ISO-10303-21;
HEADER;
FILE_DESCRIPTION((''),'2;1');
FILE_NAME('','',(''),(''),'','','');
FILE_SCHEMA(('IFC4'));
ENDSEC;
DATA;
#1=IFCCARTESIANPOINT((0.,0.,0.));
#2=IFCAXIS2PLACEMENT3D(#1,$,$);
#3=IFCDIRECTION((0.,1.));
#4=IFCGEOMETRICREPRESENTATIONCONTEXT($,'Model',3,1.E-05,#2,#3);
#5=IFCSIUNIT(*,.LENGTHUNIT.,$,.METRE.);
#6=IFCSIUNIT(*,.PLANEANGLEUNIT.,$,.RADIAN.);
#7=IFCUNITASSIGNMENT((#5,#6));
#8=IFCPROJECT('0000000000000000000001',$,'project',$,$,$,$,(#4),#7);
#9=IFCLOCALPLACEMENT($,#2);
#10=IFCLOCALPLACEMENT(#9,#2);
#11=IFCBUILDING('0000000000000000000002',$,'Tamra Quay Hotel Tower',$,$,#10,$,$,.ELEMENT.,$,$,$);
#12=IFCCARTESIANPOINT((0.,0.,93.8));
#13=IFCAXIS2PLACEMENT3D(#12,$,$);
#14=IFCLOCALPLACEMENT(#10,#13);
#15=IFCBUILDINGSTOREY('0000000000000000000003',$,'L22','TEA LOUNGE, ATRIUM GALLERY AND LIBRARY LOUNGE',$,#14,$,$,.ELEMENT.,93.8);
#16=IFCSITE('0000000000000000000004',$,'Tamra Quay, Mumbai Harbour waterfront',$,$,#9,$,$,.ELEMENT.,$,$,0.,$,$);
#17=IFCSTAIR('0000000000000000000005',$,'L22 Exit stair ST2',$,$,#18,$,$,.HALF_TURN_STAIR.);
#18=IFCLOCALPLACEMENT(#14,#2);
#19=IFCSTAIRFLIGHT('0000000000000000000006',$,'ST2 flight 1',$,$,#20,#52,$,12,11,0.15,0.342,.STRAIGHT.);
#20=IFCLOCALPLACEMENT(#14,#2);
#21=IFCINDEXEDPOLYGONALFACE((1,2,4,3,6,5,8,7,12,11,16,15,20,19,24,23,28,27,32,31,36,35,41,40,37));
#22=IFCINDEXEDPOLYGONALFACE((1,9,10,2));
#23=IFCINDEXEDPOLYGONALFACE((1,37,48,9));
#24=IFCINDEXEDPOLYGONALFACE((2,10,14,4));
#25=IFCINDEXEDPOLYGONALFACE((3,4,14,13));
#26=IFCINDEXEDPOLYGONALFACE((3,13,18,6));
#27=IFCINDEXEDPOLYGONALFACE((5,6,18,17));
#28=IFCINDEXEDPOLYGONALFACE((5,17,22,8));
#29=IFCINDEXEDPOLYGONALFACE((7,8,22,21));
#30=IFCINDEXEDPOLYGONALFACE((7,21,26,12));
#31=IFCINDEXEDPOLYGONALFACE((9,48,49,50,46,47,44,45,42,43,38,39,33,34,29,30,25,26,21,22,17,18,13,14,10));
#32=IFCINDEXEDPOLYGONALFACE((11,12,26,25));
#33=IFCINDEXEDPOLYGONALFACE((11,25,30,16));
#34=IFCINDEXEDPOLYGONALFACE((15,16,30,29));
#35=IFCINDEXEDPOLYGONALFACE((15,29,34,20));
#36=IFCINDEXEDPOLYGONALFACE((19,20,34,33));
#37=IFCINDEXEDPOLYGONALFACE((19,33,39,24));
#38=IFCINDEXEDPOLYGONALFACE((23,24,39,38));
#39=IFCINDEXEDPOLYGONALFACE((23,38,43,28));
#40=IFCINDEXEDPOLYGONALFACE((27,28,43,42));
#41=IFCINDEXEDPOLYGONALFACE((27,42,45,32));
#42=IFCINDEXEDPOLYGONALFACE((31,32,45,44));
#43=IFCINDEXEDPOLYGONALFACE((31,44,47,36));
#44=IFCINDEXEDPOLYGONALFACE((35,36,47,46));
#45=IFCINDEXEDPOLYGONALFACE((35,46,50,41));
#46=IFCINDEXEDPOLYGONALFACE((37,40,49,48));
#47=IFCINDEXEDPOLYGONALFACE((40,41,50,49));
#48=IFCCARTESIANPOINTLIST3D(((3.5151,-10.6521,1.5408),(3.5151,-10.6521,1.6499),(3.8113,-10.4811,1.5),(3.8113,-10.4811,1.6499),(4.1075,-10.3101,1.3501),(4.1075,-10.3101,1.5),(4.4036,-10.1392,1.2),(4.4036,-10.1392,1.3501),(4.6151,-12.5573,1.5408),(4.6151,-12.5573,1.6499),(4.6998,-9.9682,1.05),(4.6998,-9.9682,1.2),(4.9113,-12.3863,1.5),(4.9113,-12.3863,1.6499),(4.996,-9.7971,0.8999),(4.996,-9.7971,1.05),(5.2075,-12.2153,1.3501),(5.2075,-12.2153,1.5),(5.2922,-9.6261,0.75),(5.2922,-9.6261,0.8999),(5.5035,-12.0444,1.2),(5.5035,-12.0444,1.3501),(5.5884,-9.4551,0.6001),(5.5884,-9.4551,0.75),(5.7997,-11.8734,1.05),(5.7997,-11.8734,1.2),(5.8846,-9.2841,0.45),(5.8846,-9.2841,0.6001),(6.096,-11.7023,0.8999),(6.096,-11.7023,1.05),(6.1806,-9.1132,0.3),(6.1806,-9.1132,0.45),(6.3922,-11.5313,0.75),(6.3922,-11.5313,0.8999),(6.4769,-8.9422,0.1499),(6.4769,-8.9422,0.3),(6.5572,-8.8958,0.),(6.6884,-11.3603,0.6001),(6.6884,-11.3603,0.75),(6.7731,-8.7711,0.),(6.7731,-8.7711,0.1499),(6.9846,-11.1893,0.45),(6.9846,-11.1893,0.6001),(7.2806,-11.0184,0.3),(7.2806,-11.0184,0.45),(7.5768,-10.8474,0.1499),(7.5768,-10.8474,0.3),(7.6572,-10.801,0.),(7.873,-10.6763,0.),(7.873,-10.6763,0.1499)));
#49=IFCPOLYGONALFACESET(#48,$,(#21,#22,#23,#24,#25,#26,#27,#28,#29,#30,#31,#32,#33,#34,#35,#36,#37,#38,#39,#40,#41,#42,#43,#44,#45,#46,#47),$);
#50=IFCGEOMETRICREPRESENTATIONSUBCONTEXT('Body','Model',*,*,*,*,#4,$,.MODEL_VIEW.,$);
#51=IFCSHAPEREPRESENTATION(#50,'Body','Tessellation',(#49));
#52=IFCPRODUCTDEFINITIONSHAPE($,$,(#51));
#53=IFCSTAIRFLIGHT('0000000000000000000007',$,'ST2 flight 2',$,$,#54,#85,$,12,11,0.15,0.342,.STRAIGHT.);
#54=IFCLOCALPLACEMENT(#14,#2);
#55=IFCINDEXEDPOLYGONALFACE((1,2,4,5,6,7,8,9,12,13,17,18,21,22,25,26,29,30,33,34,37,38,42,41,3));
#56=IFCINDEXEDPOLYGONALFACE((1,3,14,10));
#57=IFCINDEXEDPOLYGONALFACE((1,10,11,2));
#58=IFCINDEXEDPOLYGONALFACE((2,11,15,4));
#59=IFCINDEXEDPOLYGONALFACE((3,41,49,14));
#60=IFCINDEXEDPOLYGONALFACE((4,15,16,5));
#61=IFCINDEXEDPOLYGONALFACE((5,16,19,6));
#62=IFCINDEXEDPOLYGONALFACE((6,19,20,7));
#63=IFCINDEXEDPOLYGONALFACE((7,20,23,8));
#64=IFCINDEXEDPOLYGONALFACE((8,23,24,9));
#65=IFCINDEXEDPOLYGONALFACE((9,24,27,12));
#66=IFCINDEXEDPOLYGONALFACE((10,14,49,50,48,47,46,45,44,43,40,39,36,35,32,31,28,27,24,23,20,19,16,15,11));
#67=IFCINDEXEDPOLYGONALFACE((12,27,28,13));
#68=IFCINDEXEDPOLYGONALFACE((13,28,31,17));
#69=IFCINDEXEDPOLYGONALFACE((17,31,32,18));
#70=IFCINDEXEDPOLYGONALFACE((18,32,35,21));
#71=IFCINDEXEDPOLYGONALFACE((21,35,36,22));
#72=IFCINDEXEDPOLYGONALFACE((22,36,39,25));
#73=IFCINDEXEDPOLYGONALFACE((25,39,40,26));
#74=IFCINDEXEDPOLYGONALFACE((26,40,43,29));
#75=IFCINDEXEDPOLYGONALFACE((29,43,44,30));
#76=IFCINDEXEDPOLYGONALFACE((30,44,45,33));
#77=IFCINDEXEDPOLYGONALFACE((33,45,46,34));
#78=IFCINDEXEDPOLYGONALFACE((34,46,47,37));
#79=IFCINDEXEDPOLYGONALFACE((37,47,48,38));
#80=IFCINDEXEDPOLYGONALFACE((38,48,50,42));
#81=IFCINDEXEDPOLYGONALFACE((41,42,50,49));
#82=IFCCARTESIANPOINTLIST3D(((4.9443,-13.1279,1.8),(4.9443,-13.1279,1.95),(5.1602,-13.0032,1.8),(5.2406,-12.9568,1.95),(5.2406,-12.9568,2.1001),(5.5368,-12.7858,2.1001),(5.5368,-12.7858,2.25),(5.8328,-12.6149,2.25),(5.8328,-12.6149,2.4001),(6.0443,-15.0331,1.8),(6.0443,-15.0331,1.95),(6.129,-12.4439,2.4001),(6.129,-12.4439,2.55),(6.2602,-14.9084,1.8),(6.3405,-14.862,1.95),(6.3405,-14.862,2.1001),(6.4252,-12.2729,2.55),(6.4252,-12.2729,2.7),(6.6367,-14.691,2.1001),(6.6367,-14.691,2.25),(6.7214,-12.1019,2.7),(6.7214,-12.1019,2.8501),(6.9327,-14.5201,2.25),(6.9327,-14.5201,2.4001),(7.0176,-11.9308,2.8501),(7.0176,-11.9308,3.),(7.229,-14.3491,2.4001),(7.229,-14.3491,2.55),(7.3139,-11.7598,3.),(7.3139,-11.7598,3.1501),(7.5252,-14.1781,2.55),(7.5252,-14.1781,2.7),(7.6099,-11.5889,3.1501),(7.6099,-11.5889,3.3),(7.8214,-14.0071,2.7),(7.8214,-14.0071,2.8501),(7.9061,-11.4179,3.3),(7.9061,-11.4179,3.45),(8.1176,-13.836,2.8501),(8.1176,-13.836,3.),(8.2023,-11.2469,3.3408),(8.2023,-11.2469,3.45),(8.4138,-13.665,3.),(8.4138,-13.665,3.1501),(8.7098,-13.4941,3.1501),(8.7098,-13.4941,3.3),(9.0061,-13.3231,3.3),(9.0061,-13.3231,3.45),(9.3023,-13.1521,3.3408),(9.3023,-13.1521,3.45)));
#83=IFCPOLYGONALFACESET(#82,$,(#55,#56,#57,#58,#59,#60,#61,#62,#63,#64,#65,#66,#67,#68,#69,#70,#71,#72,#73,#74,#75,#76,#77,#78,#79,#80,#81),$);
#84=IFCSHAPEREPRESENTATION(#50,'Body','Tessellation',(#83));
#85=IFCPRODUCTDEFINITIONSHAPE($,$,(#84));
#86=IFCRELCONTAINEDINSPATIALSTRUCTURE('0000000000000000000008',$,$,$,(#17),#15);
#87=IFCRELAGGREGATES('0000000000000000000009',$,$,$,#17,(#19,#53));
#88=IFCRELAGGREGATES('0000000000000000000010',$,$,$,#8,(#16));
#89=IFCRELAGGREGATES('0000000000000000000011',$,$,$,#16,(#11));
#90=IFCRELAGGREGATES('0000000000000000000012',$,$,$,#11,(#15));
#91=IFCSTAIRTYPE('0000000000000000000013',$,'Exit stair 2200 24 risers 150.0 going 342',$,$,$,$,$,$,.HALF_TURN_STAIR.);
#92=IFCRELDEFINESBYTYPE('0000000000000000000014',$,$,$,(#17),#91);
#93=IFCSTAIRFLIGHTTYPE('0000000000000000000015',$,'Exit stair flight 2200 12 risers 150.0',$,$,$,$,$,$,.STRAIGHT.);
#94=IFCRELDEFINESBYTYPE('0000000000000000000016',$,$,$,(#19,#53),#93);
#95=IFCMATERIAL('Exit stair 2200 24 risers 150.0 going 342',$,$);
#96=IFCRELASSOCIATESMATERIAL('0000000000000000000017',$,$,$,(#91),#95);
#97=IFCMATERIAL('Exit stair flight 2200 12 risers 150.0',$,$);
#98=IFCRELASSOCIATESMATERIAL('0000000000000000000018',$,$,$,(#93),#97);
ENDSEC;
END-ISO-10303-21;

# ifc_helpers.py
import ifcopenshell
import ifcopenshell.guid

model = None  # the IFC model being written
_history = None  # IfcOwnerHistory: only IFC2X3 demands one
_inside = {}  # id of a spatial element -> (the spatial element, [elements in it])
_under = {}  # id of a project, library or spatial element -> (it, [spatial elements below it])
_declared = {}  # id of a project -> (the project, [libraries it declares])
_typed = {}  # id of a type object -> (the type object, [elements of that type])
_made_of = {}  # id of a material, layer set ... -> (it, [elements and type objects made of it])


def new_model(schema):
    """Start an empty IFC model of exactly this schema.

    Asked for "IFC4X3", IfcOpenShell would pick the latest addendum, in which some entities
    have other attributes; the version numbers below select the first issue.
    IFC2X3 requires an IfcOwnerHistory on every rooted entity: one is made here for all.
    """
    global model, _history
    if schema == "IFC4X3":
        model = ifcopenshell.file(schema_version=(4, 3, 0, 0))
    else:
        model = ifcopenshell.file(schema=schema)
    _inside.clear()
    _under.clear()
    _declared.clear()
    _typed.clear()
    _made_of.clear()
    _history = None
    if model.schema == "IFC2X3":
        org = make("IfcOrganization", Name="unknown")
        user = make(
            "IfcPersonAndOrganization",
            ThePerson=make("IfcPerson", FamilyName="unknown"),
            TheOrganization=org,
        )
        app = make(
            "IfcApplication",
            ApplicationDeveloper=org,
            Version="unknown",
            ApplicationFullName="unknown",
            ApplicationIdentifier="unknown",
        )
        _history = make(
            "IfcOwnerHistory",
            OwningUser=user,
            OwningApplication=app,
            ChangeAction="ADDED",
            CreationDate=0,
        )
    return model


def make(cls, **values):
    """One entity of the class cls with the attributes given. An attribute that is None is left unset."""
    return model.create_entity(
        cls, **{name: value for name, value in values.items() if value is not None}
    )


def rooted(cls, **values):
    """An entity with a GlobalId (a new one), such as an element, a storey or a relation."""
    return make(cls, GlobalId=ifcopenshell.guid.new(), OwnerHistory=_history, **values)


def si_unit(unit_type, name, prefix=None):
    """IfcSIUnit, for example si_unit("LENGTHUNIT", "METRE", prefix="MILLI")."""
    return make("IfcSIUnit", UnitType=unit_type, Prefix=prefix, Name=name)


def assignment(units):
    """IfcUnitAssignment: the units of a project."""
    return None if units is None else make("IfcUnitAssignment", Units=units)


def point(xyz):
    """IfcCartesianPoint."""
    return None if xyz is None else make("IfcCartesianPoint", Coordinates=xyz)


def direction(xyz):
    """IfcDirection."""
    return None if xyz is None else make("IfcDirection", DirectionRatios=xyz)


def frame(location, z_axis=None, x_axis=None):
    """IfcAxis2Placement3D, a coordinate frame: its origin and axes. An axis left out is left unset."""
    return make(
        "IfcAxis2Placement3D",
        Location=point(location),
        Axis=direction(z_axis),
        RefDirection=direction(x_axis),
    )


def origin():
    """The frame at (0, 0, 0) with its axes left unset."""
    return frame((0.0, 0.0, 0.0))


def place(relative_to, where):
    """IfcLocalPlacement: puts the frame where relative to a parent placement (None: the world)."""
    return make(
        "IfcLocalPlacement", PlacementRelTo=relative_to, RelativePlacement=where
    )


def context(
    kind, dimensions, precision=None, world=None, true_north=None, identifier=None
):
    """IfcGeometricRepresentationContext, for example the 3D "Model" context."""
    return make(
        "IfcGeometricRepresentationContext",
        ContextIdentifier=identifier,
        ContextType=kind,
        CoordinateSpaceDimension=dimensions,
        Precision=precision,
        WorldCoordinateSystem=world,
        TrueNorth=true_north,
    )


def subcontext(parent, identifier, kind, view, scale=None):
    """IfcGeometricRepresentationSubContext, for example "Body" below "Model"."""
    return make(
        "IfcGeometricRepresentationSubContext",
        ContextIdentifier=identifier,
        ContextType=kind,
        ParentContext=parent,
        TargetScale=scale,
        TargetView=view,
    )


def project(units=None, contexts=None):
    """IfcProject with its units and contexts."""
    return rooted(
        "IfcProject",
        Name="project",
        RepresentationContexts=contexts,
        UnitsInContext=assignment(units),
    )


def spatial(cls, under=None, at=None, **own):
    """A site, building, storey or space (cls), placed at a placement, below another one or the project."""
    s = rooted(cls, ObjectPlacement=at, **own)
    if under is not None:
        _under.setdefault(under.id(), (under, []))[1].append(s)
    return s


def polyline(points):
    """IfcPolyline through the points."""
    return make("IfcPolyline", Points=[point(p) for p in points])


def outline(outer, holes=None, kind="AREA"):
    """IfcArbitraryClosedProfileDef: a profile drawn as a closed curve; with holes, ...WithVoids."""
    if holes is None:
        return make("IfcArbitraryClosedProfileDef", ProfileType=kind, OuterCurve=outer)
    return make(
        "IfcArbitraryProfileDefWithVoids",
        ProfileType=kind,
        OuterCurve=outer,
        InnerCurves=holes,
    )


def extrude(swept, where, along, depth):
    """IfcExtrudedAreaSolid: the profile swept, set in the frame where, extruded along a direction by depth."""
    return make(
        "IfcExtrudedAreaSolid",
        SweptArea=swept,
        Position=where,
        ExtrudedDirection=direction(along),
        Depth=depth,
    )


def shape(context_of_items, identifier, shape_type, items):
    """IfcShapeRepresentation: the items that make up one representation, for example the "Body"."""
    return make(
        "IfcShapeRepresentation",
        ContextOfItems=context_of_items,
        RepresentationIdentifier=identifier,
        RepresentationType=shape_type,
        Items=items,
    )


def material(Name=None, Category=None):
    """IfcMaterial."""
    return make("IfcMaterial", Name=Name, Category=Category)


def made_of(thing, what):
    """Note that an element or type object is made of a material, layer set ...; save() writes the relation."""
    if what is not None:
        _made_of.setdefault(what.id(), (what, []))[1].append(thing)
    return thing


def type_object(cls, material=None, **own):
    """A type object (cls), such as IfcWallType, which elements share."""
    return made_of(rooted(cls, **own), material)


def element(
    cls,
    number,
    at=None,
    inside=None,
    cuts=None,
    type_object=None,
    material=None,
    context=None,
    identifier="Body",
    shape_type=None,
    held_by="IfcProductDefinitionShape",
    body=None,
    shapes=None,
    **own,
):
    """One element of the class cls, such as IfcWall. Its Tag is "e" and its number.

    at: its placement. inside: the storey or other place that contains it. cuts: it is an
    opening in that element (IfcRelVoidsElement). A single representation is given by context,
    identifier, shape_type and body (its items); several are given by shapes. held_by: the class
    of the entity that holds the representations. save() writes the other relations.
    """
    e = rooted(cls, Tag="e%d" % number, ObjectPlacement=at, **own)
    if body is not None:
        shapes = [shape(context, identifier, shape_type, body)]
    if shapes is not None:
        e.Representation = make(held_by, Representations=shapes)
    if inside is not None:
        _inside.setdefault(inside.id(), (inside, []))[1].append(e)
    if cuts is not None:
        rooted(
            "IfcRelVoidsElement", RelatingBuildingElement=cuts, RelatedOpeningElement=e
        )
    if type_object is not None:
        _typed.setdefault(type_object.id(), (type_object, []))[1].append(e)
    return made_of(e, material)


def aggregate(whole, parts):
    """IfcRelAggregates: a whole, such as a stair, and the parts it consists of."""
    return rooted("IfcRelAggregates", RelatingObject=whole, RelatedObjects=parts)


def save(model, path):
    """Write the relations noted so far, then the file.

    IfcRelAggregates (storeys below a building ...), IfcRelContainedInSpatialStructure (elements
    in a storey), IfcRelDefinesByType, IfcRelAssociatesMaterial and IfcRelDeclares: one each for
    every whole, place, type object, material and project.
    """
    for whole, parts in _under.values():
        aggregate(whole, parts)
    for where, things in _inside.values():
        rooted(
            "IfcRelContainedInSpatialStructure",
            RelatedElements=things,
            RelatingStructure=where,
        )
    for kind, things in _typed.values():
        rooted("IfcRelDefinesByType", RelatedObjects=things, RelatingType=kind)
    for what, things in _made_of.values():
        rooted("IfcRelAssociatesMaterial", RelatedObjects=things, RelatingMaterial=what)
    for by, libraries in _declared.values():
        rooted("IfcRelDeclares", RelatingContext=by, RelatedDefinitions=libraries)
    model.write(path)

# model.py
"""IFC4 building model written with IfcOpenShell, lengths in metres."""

from ifc_helpers import new_model, si_unit, direction, frame, origin, place, context, subcontext, project, spatial, polyline, outline, extrude, material, type_object, element, aggregate, save


model = new_model("IFC4")

# Units and contexts
model_context = context("Model", 3, precision=1e-05, world=origin(), true_north=direction((0.0, 1.0)))
body_context = subcontext(model_context, "Body", "Model", "MODEL_VIEW")
ifc_project = project(units=[si_unit("LENGTHUNIT", "METRE"), si_unit("PLANEANGLEUNIT", "RADIAN")], contexts=[model_context])

# Site, building, storey
site_placement = place(None, origin())
site = spatial("IfcSite", under=ifc_project, at=site_placement, Name="Tamra Quay, Mumbai Harbour waterfront", CompositionType="ELEMENT", RefElevation=0.0)
building_placement = place(site_placement, origin())
building = spatial("IfcBuilding", under=site, at=building_placement, Name="Tamra Quay Hotel Tower", CompositionType="ELEMENT")
storey_placement = place(building_placement, frame((0.0, 0.0, 93.8)))
storey = spatial("IfcBuildingStorey", under=building, at=storey_placement, Name="L22", Description="TEA LOUNGE, ATRIUM GALLERY AND LIBRARY LOUNGE", CompositionType="ELEMENT", Elevation=93.8)

# Stair, stair flights
ifc_material_1 = material(Name="Exit stair 2200 24 risers 150.0 going 342")
stair_type = type_object("IfcStairType", Name="Exit stair 2200 24 risers 150.0 going 342", PredefinedType="HALF_TURN_STAIR", material=ifc_material_1)
stair_placement = place(storey_placement, origin())
stair = element("IfcStair", 1, at=stair_placement, inside=storey, type_object=stair_type, Name="L22 Exit stair ST2", PredefinedType="HALF_TURN_STAIR")
ifc_material_2 = material(Name="Exit stair flight 2200 12 risers 150.0")
stair_flight_type = type_object("IfcStairFlightType", Name="Exit stair flight 2200 12 risers 150.0", PredefinedType="STRAIGHT", material=ifc_material_2)
stair_flight_1_placement = place(storey_placement, frame((7.323, -9.7236, 0.0), z_axis=(0.0, 0.0, 1.0), x_axis=(-0.866025, -0.5, 0.0)))
stair_flight_1 = element("IfcStairFlight", 2, at=stair_flight_1_placement, type_object=stair_flight_type, Name="ST2 flight 1", NumberOfRisers=12, NumberOfTreads=11, PredefinedType="STRAIGHT", RiserHeight=0.15, TreadLength=0.342, context=body_context, shape_type="SweptSolid", body=[
    extrude(outline(polyline([(0.0, 0.0), (0.0, 0.1499), (0.342, 0.1499), (0.342, 0.3), (0.6841, 0.3), (0.6841, 0.45), (1.0259, 0.45), (1.0259, 0.6001), (1.3679, 0.6001), (1.3679, 0.75), (1.71, 0.75), (1.71, 0.8999), (2.052, 0.8999), (2.052, 1.05), (2.394, 1.05), (2.394, 1.2), (2.7361, 1.2), (2.7361, 1.3501), (3.0779, 1.3501), (3.0779, 1.5), (3.4199, 1.5), (3.4199, 1.6499), (3.762, 1.6499), (3.762, 1.8), (3.762, 1.5408), (0.2493, 0.0), (0.0, 0.0)])), frame((0.0, 1.1001, 0.0), z_axis=(0.0, -1.0, 0.0), x_axis=(1.0, 0.0, 0.0)), (0.0, 0.0, 1.0), 2.2),
])
stair_flight_2_placement = place(storey_placement, frame((5.4944, -14.0806, 1.8), z_axis=(0.0, 0.0, 1.0), x_axis=(0.866025, 0.5, 0.0)))
stair_flight_2 = element("IfcStairFlight", 3, at=stair_flight_2_placement, type_object=stair_flight_type, Name="ST2 flight 2", NumberOfRisers=12, NumberOfTreads=11, PredefinedType="STRAIGHT", RiserHeight=0.15, TreadLength=0.342, context=body_context, shape_type="SweptSolid", body=[
    extrude(outline(polyline([(0.0, 0.0), (0.0, 0.1499), (0.342, 0.1499), (0.342, 0.3), (0.6841, 0.3), (0.6841, 0.45), (1.0259, 0.45), (1.0259, 0.6001), (1.3679, 0.6001), (1.3679, 0.75), (1.71, 0.75), (1.71, 0.8999), (2.052, 0.8999), (2.052, 1.05), (2.394, 1.05), (2.394, 1.2), (2.7361, 1.2), (2.7361, 1.3501), (3.0779, 1.3501), (3.0779, 1.5), (3.4199, 1.5), (3.4199, 1.6499), (3.762, 1.6499), (3.762, 1.8), (3.762, 1.5408), (0.2493, 0.0), (0.0, 0.0)])), frame((0.0, 1.1001, 0.0), z_axis=(0.0, -1.0, 0.0), x_axis=(1.0, 0.0, 0.0)), (0.0, 0.0, 1.0), 2.2),
])
aggregate(stair, [stair_flight_1, stair_flight_2])

save(model, "model.ifc")
